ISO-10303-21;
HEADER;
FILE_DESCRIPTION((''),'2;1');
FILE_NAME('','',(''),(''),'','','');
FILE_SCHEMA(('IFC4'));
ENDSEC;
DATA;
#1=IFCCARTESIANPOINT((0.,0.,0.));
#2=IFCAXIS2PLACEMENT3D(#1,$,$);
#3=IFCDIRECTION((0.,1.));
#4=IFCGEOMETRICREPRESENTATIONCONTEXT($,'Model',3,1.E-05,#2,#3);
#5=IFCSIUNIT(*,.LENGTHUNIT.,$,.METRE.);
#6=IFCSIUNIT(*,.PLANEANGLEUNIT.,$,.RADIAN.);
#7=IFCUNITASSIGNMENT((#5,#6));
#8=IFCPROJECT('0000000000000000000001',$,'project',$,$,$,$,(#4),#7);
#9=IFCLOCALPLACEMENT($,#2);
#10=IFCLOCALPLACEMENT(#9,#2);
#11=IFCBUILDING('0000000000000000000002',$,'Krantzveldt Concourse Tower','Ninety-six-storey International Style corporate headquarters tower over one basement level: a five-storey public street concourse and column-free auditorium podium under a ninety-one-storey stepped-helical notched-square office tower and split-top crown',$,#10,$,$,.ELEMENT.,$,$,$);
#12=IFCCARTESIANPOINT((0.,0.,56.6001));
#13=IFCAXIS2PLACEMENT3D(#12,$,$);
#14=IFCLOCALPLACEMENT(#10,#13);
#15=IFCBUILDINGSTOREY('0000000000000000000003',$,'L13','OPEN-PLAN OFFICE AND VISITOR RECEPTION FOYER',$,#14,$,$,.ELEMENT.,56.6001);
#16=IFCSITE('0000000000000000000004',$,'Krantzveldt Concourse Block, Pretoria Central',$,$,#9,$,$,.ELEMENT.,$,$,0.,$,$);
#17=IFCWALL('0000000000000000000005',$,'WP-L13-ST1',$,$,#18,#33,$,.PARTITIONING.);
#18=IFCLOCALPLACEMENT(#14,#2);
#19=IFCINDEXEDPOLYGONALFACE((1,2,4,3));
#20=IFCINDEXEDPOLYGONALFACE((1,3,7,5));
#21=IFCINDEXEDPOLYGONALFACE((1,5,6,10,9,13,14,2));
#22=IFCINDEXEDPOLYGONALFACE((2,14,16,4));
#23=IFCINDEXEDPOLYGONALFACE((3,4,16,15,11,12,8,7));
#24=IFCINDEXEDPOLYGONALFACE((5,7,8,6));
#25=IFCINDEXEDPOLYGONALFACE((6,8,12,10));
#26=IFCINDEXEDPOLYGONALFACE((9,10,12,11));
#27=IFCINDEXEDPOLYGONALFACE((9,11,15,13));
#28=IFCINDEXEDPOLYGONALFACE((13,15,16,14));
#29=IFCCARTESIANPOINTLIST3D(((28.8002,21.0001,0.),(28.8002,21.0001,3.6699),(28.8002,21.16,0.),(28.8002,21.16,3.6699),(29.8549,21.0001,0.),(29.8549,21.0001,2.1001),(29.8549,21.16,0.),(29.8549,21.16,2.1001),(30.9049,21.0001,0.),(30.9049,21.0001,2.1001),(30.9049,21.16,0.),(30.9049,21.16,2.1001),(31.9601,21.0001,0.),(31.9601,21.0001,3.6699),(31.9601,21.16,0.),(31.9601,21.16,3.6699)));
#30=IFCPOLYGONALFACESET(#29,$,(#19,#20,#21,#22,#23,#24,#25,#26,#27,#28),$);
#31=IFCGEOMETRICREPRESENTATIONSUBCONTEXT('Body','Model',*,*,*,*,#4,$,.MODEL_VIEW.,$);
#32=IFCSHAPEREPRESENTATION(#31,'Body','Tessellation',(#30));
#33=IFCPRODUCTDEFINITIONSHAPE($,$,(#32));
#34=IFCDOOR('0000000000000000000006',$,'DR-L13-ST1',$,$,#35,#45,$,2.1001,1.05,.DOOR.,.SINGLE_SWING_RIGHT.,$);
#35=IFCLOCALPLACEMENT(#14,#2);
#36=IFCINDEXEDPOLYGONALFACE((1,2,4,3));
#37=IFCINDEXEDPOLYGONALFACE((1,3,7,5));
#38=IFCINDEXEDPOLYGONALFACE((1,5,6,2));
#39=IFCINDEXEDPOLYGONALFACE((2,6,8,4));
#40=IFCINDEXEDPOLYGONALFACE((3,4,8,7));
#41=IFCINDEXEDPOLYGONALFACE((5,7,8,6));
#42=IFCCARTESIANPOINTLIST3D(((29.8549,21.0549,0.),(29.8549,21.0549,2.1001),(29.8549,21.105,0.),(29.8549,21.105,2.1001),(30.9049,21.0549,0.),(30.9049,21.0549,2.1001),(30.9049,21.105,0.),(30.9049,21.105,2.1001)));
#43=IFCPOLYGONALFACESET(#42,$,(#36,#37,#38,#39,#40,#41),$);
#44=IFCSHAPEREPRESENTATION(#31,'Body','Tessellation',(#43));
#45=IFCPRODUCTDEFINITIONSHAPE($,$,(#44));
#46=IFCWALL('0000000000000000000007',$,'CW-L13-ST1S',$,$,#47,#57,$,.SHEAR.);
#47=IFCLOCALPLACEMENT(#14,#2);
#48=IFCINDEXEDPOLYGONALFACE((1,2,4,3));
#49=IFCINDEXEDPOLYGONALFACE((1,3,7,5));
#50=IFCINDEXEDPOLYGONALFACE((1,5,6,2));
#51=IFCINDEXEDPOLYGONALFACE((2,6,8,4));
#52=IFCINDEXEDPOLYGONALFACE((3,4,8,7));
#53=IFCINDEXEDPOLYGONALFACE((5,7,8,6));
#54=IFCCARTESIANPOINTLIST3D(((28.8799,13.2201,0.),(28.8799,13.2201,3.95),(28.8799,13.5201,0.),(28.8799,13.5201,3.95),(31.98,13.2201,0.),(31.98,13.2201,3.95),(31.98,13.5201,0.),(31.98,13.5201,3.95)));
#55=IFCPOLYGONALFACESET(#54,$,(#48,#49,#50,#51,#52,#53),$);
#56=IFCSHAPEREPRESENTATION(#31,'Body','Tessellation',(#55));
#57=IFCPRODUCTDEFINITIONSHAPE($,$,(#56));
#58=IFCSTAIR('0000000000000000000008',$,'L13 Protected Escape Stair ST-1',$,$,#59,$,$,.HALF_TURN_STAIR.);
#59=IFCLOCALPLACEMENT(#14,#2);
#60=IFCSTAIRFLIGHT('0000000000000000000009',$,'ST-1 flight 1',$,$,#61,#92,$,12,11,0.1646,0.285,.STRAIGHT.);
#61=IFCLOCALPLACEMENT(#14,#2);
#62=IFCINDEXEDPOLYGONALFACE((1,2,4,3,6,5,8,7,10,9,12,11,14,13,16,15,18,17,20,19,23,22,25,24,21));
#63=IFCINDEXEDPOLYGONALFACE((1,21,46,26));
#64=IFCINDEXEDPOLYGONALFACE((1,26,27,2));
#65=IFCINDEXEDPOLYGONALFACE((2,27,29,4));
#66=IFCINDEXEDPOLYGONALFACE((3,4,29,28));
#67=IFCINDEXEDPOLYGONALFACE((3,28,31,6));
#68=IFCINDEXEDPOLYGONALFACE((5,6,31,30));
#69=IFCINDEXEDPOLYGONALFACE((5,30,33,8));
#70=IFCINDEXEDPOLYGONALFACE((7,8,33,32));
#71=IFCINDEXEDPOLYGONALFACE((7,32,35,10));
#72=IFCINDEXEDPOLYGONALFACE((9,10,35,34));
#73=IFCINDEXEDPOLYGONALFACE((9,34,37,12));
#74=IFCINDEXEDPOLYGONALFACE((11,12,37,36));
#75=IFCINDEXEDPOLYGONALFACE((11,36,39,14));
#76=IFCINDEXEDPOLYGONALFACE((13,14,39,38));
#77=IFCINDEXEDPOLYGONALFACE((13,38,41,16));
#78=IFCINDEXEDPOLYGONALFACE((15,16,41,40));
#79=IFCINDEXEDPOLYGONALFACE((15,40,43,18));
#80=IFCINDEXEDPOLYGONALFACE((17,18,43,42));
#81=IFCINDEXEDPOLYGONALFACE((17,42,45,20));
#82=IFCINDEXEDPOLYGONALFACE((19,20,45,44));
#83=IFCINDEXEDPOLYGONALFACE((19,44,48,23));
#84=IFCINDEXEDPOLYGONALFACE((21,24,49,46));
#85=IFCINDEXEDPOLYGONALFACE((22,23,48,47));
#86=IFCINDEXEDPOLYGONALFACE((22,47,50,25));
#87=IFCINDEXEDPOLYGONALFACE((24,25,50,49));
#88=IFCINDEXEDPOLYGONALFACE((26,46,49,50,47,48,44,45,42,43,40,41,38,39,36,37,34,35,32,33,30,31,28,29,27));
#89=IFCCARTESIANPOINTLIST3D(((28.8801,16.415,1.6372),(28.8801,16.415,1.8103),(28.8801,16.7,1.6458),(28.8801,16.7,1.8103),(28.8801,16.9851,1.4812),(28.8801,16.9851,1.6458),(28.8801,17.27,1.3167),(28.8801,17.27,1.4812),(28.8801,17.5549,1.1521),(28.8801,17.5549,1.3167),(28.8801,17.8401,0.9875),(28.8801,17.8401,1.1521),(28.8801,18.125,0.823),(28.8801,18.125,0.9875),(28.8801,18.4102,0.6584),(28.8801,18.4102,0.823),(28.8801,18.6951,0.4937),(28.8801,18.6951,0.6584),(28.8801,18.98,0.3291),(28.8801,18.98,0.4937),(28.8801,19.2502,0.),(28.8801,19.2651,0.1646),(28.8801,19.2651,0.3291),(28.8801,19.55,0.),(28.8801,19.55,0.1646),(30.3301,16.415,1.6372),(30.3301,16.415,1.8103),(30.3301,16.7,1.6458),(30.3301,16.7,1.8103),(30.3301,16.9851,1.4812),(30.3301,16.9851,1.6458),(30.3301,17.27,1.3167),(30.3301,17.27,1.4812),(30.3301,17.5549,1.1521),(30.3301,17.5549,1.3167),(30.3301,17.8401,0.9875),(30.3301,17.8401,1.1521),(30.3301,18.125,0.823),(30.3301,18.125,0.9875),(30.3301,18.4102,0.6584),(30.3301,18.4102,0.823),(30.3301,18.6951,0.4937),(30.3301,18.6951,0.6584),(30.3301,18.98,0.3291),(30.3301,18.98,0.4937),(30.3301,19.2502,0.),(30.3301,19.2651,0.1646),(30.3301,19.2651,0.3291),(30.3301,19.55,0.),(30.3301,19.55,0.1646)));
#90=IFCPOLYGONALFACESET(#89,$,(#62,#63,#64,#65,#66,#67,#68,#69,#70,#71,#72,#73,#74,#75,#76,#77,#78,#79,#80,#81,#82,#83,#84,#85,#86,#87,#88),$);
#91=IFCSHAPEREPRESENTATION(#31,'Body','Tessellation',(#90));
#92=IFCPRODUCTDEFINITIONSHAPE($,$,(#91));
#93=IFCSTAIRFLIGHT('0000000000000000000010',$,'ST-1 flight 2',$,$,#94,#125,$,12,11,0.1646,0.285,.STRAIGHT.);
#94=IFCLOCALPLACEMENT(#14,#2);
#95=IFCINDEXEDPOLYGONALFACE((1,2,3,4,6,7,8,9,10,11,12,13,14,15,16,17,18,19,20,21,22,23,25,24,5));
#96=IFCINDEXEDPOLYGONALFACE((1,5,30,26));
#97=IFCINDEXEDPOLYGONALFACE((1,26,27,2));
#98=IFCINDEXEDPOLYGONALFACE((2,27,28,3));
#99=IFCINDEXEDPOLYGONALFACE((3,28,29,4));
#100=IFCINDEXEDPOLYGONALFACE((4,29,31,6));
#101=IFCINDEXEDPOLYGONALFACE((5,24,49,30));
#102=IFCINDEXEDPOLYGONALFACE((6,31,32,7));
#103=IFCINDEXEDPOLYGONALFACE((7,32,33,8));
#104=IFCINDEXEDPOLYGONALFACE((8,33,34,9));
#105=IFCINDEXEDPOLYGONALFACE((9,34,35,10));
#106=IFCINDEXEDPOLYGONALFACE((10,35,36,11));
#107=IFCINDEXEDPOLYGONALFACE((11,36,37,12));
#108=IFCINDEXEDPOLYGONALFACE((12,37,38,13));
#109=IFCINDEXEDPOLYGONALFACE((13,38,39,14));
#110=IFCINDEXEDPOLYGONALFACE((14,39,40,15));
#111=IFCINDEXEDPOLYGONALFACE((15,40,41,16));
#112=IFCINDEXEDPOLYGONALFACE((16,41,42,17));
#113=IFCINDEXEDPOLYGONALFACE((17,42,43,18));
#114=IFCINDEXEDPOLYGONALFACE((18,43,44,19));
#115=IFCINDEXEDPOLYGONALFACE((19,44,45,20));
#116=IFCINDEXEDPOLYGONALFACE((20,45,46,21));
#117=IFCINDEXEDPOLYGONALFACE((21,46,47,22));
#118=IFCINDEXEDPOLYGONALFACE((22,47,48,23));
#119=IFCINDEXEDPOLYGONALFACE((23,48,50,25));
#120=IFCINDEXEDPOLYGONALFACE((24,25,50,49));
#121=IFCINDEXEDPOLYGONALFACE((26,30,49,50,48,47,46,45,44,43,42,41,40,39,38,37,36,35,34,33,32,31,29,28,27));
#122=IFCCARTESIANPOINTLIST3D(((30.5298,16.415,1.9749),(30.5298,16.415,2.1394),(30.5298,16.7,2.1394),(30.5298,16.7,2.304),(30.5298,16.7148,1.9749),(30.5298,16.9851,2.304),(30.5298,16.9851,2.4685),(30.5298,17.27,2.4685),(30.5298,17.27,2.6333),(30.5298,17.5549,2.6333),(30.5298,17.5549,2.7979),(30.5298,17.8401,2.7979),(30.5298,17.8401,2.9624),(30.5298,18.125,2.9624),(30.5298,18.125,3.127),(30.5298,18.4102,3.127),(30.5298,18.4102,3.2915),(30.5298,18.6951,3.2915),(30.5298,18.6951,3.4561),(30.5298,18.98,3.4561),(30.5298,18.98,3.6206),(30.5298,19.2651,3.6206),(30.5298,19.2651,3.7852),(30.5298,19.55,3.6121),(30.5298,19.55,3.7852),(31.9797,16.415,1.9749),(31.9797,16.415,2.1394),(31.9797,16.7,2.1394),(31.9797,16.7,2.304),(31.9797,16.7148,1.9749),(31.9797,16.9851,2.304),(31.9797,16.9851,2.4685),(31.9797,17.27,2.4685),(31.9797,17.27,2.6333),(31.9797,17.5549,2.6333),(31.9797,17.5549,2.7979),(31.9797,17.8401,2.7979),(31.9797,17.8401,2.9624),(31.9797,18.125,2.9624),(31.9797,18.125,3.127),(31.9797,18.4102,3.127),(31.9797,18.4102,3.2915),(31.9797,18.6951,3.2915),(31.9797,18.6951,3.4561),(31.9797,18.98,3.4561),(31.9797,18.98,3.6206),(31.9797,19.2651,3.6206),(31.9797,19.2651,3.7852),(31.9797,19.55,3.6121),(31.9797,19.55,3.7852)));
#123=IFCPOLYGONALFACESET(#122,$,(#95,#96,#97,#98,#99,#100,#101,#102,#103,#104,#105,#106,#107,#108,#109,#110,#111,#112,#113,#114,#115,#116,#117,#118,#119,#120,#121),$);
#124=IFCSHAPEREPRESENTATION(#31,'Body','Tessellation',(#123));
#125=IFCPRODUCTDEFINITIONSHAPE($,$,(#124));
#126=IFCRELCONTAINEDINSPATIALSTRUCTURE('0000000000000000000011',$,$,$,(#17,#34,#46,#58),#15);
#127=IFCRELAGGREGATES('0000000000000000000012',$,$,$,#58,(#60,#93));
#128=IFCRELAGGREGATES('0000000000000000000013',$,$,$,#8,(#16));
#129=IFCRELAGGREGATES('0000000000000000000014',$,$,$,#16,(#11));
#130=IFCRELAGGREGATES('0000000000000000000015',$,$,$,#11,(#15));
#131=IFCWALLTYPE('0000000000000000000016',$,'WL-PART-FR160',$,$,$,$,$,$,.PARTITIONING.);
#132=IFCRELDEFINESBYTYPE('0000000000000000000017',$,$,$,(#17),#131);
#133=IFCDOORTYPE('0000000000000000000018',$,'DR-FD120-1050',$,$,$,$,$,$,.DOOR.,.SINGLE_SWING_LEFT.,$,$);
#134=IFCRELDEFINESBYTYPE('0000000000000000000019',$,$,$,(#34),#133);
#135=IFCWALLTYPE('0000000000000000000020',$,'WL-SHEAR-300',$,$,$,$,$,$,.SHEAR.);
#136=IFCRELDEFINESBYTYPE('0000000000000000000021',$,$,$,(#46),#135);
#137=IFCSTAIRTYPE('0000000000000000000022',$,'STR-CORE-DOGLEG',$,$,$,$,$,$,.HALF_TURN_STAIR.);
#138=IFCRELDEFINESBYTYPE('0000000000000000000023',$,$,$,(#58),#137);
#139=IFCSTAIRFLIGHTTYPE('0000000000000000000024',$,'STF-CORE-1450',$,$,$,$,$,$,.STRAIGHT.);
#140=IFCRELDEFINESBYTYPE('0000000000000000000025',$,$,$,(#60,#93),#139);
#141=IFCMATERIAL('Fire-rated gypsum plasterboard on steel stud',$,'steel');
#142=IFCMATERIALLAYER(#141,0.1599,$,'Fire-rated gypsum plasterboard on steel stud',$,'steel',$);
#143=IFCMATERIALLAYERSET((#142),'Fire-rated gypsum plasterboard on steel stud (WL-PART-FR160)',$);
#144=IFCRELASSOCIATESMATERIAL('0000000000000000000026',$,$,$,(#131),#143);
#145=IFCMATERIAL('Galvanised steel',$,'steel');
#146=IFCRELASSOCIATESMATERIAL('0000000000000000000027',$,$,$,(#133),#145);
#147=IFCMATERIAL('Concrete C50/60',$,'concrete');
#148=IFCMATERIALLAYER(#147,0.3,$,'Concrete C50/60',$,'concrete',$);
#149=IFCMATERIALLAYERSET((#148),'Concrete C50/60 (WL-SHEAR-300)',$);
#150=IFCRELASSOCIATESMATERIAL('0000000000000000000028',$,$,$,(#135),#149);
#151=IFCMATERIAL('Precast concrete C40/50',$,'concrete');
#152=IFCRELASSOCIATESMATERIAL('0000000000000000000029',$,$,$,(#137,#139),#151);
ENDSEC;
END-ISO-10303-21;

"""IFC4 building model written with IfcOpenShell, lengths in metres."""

from ifc_helpers import new_model, si_unit, direction, frame, frame_2d, origin, place, context, subcontext, project, spatial, polyline, rectangle, outline, extrude, material, layer, layer_set, type_object, element, fill, aggregate, save


model = new_model("IFC4")

# Units and contexts
model_context = context("Model", 3, precision=1e-05, world=origin(), true_north=direction((0.0, 1.0)))
body_context = subcontext(model_context, "Body", "Model", "MODEL_VIEW")
ifc_project = project(units=[si_unit("LENGTHUNIT", "METRE"), si_unit("PLANEANGLEUNIT", "RADIAN")], contexts=[model_context])

# Site, building, storey
site_placement = place(None, origin())
site = spatial("IfcSite", under=ifc_project, at=site_placement, Name="Krantzveldt Concourse Block, Pretoria Central", CompositionType="ELEMENT", RefElevation=0.0)
building_placement = place(site_placement, origin())
building = spatial("IfcBuilding", under=site, at=building_placement, Name="Krantzveldt Concourse Tower", Description="Ninety-six-storey International Style corporate headquarters tower over one basement level: a five-storey public street concourse and column-free auditorium podium under a ninety-one-storey stepped-helical notched-square office tower and split-top crown", CompositionType="ELEMENT")
storey_placement = place(building_placement, frame((0.0, 0.0, 56.6001)))
storey = spatial("IfcBuildingStorey", under=building, at=storey_placement, Name="L13", Description="OPEN-PLAN OFFICE AND VISITOR RECEPTION FOYER", CompositionType="ELEMENT", Elevation=56.6001)

# Shared definitions
ifc_material_1 = material(Name="Fire-rated gypsum plasterboard on steel stud", Category="steel")

# Wall, opening, door
ifc_layer_1 = layer(ifc_material_1, 0.1599, Name="Fire-rated gypsum plasterboard on steel stud", Category="steel")
ifc_layer_set_1 = layer_set([ifc_layer_1], Name="Fire-rated gypsum plasterboard on steel stud (WL-PART-FR160)")
wall_type_1 = type_object("IfcWallType", Name="WL-PART-FR160", PredefinedType="PARTITIONING", material=ifc_layer_set_1)
wall_1_placement = place(storey_placement, frame((28.8, 21.0801, 0.0), z_axis=(0.0, 0.0, 1.0), x_axis=(1.0, 0.0, 0.0)))
wall_1 = element("IfcWall", 1, at=wall_1_placement, inside=storey, type_object=wall_type_1, Name="WP-L13-ST1", PredefinedType="PARTITIONING", context=body_context, shape_type="SweptSolid", body=[
    extrude(rectangle(XDim=3.1599, YDim=0.1599, at=frame_2d((1.5801, 0.0))), origin(), (0.0, 0.0, 1.0), 3.6699),
])
opening_1_placement = place(wall_1_placement, frame((1.0549, 0.0, 0.0)))
opening_1 = element("IfcOpeningElement", 2, at=opening_1_placement, cuts=wall_1, PredefinedType="OPENING", context=body_context, shape_type="SweptSolid", body=[
    extrude(rectangle(XDim=1.05, YDim=2.1001, at=frame_2d((0.5249, 1.05))), frame((0.0, 0.0898, 0.0), z_axis=(0.0, -1.0, 0.0), x_axis=(1.0, 0.0, 0.0)), (0.0, 0.0, 1.0), 0.1799),
])
ifc_material_2 = material(Name="Galvanised steel", Category="steel")
door_type_1 = type_object("IfcDoorType", Name="DR-FD120-1050", OperationType="SINGLE_SWING_LEFT", PredefinedType="DOOR", material=ifc_material_2)
door_1_placement = place(opening_1_placement, origin())
door_1 = element("IfcDoor", 3, at=door_1_placement, inside=storey, type_object=door_type_1, Name="DR-L13-ST1", OperationType="SINGLE_SWING_RIGHT", OverallHeight=2.1001, OverallWidth=1.05, PredefinedType="DOOR", context=body_context, shape_type="SweptSolid", body=[
    extrude(rectangle(XDim=1.05, YDim=2.1001, at=frame_2d((0.5249, 1.05))), frame((0.0, 0.0249, 0.0), z_axis=(0.0, -1.0, 0.0), x_axis=(1.0, 0.0, 0.0)), (0.0, 0.0, 1.0), 0.05),
])
fill(opening_1, door_1)

# Wall
ifc_material_3 = material(Name="Concrete C50/60", Category="concrete")
ifc_layer_2 = layer(ifc_material_3, 0.3, Name="Concrete C50/60", Category="concrete")
ifc_layer_set_2 = layer_set([ifc_layer_2], Name="Concrete C50/60 (WL-SHEAR-300)")
wall_type_2 = type_object("IfcWallType", Name="WL-SHEAR-300", PredefinedType="SHEAR", material=ifc_layer_set_2)
wall_2_placement = place(storey_placement, frame((28.8799, 13.3701, 0.0), z_axis=(0.0, 0.0, 1.0), x_axis=(1.0, 0.0, 0.0)))
element("IfcWall", 4, at=wall_2_placement, inside=storey, type_object=wall_type_2, Name="CW-L13-ST1S", PredefinedType="SHEAR", context=body_context, shape_type="SweptSolid", body=[
    extrude(rectangle(XDim=3.1001, YDim=0.3, at=frame_2d((1.55, 0.0))), origin(), (0.0, 0.0, 1.0), 3.95),
])

# Stair, stair flights
ifc_material_4 = material(Name="Precast concrete C40/50", Category="concrete")
stair_type = type_object("IfcStairType", Name="STR-CORE-DOGLEG", PredefinedType="HALF_TURN_STAIR", material=ifc_material_4)
stair_placement = place(storey_placement, origin())
stair = element("IfcStair", 5, at=stair_placement, inside=storey, type_object=stair_type, Name="L13 Protected Escape Stair ST-1", PredefinedType="HALF_TURN_STAIR")
stair_flight_type = type_object("IfcStairFlightType", Name="STF-CORE-1450", PredefinedType="STRAIGHT", material=ifc_material_4)
stair_flight_1_placement = place(storey_placement, frame((29.605, 19.55, 0.0), z_axis=(0.0, 0.0, 1.0), x_axis=(0.0, -1.0, 0.0)))
stair_flight_1 = element("IfcStairFlight", 6, at=stair_flight_1_placement, type_object=stair_flight_type, Name="ST-1 flight 1", NumberOfRisers=12, NumberOfTreads=11, PredefinedType="STRAIGHT", RiserHeight=0.1646, TreadLength=0.285, context=body_context, shape_type="SweptSolid", body=[
    extrude(outline(polyline([(0.0, 0.0), (0.0, 0.1646), (0.2849, 0.1646), (0.2849, 0.3291), (0.5701, 0.3291), (0.5701, 0.4937), (0.855, 0.4937), (0.855, 0.6584), (1.1399, 0.6584), (1.1399, 0.823), (1.425, 0.823), (1.425, 0.9875), (1.71, 0.9875), (1.71, 1.1521), (1.9951, 1.1521), (1.9951, 1.3167), (2.28, 1.3167), (2.28, 1.4812), (2.5649, 1.4812), (2.5649, 1.6458), (2.8501, 1.6458), (2.8501, 1.8103), (3.135, 1.8103), (3.135, 1.9751), (3.135, 1.6372), (0.2998, 0.0), (0.0, 0.0)])), frame((0.0, 0.7251, 0.0), z_axis=(0.0, -1.0, 0.0), x_axis=(1.0, 0.0, 0.0)), (0.0, 0.0, 1.0), 1.45),
])
stair_flight_2_placement = place(storey_placement, frame((31.2549, 16.415, 1.9749), z_axis=(0.0, 0.0, 1.0), x_axis=(0.0, 1.0, 0.0)))
stair_flight_2 = element("IfcStairFlight", 7, at=stair_flight_2_placement, type_object=stair_flight_type, Name="ST-1 flight 2", NumberOfRisers=12, NumberOfTreads=11, PredefinedType="STRAIGHT", RiserHeight=0.1646, TreadLength=0.285, context=body_context, shape_type="SweptSolid", body=[
    extrude(outline(polyline([(0.0, 0.0), (0.0, 0.1646), (0.2849, 0.1646), (0.2849, 0.3291), (0.5701, 0.3291), (0.5701, 0.4937), (0.855, 0.4937), (0.855, 0.6584), (1.1399, 0.6584), (1.1399, 0.823), (1.425, 0.823), (1.425, 0.9875), (1.71, 0.9875), (1.71, 1.1521), (1.9951, 1.1521), (1.9951, 1.3167), (2.28, 1.3167), (2.28, 1.4812), (2.5649, 1.4812), (2.5649, 1.6458), (2.8501, 1.6458), (2.8501, 1.8103), (3.135, 1.8103), (3.135, 1.9751), (3.135, 1.6372), (0.2998, 0.0), (0.0, 0.0)])), frame((0.0, 0.7251, 0.0), z_axis=(0.0, -1.0, 0.0), x_axis=(1.0, 0.0, 0.0)), (0.0, 0.0, 1.0), 1.45),
])
aggregate(stair, [stair_flight_1, stair_flight_2])

save(model, "model.ifc")
